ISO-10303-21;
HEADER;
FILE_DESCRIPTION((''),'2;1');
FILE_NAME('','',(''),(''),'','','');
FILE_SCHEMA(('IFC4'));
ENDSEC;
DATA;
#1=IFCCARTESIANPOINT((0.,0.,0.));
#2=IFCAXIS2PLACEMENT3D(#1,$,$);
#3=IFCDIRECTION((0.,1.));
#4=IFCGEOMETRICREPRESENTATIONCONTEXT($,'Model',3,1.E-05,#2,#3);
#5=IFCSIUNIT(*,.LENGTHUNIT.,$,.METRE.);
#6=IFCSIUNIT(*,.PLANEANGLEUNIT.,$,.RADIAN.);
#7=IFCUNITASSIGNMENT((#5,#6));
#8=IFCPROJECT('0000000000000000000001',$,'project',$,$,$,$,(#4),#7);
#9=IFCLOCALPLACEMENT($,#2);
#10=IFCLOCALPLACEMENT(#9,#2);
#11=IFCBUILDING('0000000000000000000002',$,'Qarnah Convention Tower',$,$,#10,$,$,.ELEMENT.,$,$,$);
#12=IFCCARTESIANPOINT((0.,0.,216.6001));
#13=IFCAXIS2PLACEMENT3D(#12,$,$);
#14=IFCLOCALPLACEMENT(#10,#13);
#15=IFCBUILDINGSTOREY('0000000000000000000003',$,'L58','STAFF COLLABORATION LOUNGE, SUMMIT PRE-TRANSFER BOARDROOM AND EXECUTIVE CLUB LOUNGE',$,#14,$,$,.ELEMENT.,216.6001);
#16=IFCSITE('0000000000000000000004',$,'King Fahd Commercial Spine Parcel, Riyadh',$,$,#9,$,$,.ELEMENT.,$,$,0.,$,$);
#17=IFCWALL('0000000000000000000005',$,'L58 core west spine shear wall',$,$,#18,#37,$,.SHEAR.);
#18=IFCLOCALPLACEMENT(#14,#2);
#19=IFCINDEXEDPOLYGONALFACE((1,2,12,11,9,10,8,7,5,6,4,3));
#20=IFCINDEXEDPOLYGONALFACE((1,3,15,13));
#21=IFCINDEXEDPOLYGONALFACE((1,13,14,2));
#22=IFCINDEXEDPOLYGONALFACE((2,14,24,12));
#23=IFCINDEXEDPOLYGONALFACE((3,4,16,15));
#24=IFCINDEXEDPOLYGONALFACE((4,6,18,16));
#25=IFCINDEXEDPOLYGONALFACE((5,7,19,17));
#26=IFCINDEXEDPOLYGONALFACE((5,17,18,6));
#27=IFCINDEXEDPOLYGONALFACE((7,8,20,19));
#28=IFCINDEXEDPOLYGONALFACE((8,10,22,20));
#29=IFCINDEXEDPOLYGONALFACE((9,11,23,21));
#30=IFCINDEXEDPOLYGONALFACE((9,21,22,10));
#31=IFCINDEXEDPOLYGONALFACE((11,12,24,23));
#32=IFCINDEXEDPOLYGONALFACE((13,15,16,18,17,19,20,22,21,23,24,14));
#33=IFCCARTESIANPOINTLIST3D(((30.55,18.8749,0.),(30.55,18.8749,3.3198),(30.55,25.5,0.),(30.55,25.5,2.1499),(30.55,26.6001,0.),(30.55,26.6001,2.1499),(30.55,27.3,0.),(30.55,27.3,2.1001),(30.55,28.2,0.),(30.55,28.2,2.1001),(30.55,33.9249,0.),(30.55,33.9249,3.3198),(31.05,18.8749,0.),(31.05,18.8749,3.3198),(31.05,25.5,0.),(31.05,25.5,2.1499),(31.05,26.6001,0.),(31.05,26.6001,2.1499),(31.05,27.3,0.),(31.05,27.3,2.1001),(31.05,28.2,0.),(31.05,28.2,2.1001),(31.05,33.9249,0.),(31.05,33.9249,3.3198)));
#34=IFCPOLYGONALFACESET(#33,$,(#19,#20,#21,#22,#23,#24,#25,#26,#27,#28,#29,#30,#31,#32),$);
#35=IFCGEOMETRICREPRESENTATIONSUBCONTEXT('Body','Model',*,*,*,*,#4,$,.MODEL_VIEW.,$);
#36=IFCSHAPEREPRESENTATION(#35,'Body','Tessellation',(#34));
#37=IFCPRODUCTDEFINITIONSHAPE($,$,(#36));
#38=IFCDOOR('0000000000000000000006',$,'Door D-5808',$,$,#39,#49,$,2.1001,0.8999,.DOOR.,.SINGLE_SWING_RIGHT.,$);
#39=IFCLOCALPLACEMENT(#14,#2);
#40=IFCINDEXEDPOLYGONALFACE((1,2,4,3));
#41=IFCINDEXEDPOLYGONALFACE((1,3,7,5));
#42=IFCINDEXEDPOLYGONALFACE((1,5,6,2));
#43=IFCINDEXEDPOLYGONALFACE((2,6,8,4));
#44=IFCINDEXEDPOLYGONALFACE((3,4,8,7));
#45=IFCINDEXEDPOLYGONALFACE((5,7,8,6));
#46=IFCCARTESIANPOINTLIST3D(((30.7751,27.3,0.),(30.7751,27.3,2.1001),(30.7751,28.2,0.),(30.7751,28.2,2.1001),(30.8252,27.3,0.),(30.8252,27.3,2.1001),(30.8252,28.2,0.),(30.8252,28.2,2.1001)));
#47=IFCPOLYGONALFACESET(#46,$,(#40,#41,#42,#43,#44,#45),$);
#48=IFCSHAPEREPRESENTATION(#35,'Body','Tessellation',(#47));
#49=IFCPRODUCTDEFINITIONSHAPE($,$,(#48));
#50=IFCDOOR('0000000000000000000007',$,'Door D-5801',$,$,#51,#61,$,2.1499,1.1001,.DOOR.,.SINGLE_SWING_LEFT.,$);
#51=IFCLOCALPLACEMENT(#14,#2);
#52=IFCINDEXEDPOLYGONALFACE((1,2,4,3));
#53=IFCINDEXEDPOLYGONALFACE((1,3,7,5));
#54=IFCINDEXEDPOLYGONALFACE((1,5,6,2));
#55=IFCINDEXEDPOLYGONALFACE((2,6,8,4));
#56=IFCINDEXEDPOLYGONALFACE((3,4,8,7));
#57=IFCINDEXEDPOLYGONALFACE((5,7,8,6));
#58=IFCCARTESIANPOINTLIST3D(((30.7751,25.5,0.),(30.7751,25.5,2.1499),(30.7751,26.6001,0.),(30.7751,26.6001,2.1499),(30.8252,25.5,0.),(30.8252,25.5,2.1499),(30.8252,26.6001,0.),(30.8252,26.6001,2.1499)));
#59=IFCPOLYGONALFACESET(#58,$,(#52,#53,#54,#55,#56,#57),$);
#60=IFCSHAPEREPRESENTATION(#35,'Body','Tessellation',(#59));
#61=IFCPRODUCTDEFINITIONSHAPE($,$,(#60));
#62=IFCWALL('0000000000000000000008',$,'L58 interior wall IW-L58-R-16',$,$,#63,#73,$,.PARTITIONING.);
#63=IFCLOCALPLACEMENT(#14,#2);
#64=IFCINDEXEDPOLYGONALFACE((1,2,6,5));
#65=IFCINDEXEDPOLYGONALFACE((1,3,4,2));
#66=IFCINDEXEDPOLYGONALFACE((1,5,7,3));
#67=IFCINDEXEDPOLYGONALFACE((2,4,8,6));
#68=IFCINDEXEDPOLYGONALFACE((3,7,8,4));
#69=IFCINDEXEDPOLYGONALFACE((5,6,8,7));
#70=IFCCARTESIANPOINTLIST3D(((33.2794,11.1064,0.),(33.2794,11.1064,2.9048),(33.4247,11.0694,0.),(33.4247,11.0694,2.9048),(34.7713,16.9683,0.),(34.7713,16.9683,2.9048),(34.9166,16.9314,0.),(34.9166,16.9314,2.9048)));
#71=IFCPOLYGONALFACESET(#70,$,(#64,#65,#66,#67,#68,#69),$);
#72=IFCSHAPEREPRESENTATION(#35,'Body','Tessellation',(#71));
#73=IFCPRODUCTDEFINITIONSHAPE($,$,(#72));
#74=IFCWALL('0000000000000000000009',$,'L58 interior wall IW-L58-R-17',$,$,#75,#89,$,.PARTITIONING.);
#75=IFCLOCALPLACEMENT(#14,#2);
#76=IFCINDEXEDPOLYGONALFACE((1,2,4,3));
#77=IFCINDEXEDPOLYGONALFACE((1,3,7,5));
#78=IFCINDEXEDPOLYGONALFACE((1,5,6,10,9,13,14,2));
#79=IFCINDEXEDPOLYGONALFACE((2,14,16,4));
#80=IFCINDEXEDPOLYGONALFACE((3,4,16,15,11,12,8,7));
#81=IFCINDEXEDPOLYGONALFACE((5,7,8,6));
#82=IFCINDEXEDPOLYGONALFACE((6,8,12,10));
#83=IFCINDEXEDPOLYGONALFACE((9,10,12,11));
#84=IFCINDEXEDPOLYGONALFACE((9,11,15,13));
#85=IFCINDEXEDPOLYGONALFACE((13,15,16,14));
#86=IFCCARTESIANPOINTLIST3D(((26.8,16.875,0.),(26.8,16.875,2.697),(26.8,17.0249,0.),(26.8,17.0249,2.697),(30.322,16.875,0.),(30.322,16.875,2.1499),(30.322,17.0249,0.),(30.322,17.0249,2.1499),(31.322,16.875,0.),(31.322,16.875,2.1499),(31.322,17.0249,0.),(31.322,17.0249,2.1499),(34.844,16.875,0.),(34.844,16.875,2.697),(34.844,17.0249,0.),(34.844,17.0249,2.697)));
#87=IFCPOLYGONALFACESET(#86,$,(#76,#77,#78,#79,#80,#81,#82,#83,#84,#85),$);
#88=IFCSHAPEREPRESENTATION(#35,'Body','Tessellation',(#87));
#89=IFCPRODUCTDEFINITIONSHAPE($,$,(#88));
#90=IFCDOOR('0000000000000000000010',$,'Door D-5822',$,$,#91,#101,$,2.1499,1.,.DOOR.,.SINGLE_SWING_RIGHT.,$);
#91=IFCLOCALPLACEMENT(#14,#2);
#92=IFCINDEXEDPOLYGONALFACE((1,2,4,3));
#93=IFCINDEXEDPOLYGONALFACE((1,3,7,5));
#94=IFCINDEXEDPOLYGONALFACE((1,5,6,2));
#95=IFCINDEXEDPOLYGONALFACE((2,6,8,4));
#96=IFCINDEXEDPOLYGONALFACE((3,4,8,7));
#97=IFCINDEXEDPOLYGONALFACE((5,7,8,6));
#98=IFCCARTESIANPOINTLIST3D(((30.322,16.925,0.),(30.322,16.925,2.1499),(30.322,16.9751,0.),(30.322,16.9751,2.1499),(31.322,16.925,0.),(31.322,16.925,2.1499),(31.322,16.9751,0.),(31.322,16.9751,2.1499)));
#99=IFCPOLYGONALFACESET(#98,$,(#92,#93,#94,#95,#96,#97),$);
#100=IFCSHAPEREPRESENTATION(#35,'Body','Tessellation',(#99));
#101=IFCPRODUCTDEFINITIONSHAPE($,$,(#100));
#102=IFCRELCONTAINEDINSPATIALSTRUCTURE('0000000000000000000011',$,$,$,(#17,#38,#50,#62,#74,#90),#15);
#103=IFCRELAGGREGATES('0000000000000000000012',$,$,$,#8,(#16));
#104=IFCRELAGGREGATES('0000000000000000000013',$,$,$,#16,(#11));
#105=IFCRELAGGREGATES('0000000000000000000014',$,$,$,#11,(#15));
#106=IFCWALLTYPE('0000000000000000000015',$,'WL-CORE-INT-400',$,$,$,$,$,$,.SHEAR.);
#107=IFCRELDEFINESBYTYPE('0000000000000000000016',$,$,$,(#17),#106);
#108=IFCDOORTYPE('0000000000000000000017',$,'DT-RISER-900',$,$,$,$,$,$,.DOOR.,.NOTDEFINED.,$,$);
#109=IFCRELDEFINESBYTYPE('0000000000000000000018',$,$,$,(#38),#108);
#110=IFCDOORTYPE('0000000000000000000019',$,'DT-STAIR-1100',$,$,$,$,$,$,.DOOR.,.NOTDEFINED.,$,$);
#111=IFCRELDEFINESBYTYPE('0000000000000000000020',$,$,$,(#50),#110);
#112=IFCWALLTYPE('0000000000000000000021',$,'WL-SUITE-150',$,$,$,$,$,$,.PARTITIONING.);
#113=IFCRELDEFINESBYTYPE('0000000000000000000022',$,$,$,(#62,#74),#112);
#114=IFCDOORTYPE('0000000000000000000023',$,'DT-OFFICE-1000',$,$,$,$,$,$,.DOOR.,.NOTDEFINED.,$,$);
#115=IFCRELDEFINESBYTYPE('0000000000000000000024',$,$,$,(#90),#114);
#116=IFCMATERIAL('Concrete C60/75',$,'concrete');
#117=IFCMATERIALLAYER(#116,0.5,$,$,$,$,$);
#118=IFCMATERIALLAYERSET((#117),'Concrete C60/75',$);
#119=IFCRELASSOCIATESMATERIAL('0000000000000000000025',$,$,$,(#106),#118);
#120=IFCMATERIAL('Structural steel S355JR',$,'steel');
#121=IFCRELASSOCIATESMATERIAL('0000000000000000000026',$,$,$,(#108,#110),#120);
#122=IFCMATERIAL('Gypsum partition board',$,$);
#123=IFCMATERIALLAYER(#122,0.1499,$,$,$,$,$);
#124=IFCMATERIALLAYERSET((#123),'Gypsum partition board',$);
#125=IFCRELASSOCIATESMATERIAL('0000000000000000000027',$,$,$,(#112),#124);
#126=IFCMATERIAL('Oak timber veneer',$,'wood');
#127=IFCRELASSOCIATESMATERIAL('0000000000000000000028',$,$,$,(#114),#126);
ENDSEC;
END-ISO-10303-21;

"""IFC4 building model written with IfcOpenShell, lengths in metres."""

from ifc_helpers import new_model, si_unit, direction, frame, frame_2d, origin, place, context, subcontext, project, spatial, rectangle, extrude, material, layer, layer_set, type_object, element, fill, save


model = new_model("IFC4")

# Units and contexts
model_context = context("Model", 3, precision=1e-05, world=origin(), true_north=direction((0.0, 1.0)))
body_context = subcontext(model_context, "Body", "Model", "MODEL_VIEW")
ifc_project = project(units=[si_unit("LENGTHUNIT", "METRE"), si_unit("PLANEANGLEUNIT", "RADIAN")], contexts=[model_context])

# Site, building, storey
site_placement = place(None, origin())
site = spatial("IfcSite", under=ifc_project, at=site_placement, Name="King Fahd Commercial Spine Parcel, Riyadh", CompositionType="ELEMENT", RefElevation=0.0)
building_placement = place(site_placement, origin())
building = spatial("IfcBuilding", under=site, at=building_placement, Name="Qarnah Convention Tower", CompositionType="ELEMENT")
storey_placement = place(building_placement, frame((0.0, 0.0, 216.6001)))
storey = spatial("IfcBuildingStorey", under=building, at=storey_placement, Name="L58", Description="STAFF COLLABORATION LOUNGE, SUMMIT PRE-TRANSFER BOARDROOM AND EXECUTIVE CLUB LOUNGE", CompositionType="ELEMENT", Elevation=216.6001)

# Shared definitions
ifc_material_1 = material(Name="Structural steel S355JR", Category="steel")

# Wall, openings, doors
ifc_material_2 = material(Name="Concrete C60/75", Category="concrete")
ifc_layer_1 = layer(ifc_material_2, 0.5)
ifc_layer_set_1 = layer_set([ifc_layer_1], Name="Concrete C60/75")
wall_type_1 = type_object("IfcWallType", Name="WL-CORE-INT-400", PredefinedType="SHEAR", material=ifc_layer_set_1)
wall_1_placement = place(storey_placement, frame((30.8, 18.875, 0.0), z_axis=(0.0, 0.0, 1.0), x_axis=(0.0, 1.0, 0.0)))
wall_1 = element("IfcWall", 1, at=wall_1_placement, inside=storey, type_object=wall_type_1, Name="L58 core west spine shear wall", PredefinedType="SHEAR", context=body_context, shape_type="SweptSolid", body=[
    extrude(rectangle(XDim=15.05, YDim=0.5, at=frame_2d((7.5249, 0.0))), origin(), (0.0, 0.0, 1.0), 3.3198),
])
opening_1_placement = place(wall_1_placement, frame((6.625, 0.0, 0.0)))
opening_1 = element("IfcOpeningElement", 2, at=opening_1_placement, cuts=wall_1, PredefinedType="OPENING", context=body_context, shape_type="SweptSolid", body=[
    extrude(rectangle(XDim=1.1001, YDim=2.1499, at=frame_2d((0.55, 1.075))), frame((0.0, 0.26, 0.0), z_axis=(0.0, -1.0, 0.0), x_axis=(1.0, 0.0, 0.0)), (0.0, 0.0, 1.0), 0.52),
])
opening_2_placement = place(wall_1_placement, frame((8.425, 0.0, 0.0)))
opening_2 = element("IfcOpeningElement", 3, at=opening_2_placement, cuts=wall_1, PredefinedType="OPENING", context=body_context, shape_type="SweptSolid", body=[
    extrude(rectangle(XDim=0.8999, YDim=2.1001, at=frame_2d((0.45, 1.05))), frame((0.0, 0.26, 0.0), z_axis=(0.0, -1.0, 0.0), x_axis=(1.0, 0.0, 0.0)), (0.0, 0.0, 1.0), 0.52),
])
door_type_1 = type_object("IfcDoorType", Name="DT-RISER-900", OperationType="NOTDEFINED", PredefinedType="DOOR", material=ifc_material_1)
door_1_placement = place(opening_2_placement, origin())
door_1 = element("IfcDoor", 4, at=door_1_placement, inside=storey, type_object=door_type_1, Name="Door D-5808", OperationType="SINGLE_SWING_RIGHT", OverallHeight=2.1001, OverallWidth=0.8999, PredefinedType="DOOR", context=body_context, shape_type="SweptSolid", body=[
    extrude(rectangle(XDim=0.8999, YDim=2.1001, at=frame_2d((0.45, 1.05))), frame((0.0, 0.0249, 0.0), z_axis=(0.0, -1.0, 0.0), x_axis=(1.0, 0.0, 0.0)), (0.0, 0.0, 1.0), 0.05),
])
fill(opening_2, door_1)
door_type_2 = type_object("IfcDoorType", Name="DT-STAIR-1100", OperationType="NOTDEFINED", PredefinedType="DOOR", material=ifc_material_1)
door_2_placement = place(opening_1_placement, origin())
door_2 = element("IfcDoor", 5, at=door_2_placement, inside=storey, type_object=door_type_2, Name="Door D-5801", OperationType="SINGLE_SWING_LEFT", OverallHeight=2.1499, OverallWidth=1.1001, PredefinedType="DOOR", context=body_context, shape_type="SweptSolid", body=[
    extrude(rectangle(XDim=1.1001, YDim=2.1499, at=frame_2d((0.55, 1.075))), frame((0.0, 0.0249, 0.0), z_axis=(0.0, -1.0, 0.0), x_axis=(1.0, 0.0, 0.0)), (0.0, 0.0, 1.0), 0.05),
])
fill(opening_1, door_2)

# Wall
ifc_material_3 = material(Name="Gypsum partition board")
ifc_layer_2 = layer(ifc_material_3, 0.1499)
ifc_layer_set_2 = layer_set([ifc_layer_2], Name="Gypsum partition board")
wall_type_2 = type_object("IfcWallType", Name="WL-SUITE-150", PredefinedType="PARTITIONING", material=ifc_layer_set_2)
wall_2_placement = place(storey_placement, frame((33.3521, 11.0879, 0.0), z_axis=(0.0, 0.0, 1.0), x_axis=(0.246646, 0.969106, 0.0)))
element("IfcWall", 6, at=wall_2_placement, inside=storey, type_object=wall_type_2, Name="L58 interior wall IW-L58-R-16", PredefinedType="PARTITIONING", context=body_context, shape_type="SweptSolid", body=[
    extrude(rectangle(XDim=6.0488, YDim=0.1499, at=frame_2d((3.0244, 0.0))), origin(), (0.0, 0.0, 1.0), 2.9048),
])

# Wall, opening, door
wall_3_placement = place(storey_placement, frame((34.844, 16.95, 0.0), z_axis=(0.0, 0.0, 1.0), x_axis=(-1.0, 0.0, 0.0)))
wall_3 = element("IfcWall", 7, at=wall_3_placement, inside=storey, type_object=wall_type_2, Name="L58 interior wall IW-L58-R-17", PredefinedType="PARTITIONING", context=body_context, shape_type="SweptSolid", body=[
    extrude(rectangle(XDim=8.0439, YDim=0.1499, at=frame_2d((4.022, 0.0))), origin(), (0.0, 0.0, 1.0), 2.697),
])
opening_3_placement = place(wall_3_placement, frame((3.522, 0.0, 0.0)))
opening_3 = element("IfcOpeningElement", 8, at=opening_3_placement, cuts=wall_3, PredefinedType="OPENING", context=body_context, shape_type="SweptSolid", body=[
    extrude(rectangle(XDim=1.0, YDim=2.1499, at=frame_2d((0.5, 1.075))), frame((0.0, 0.085, 0.0), z_axis=(0.0, -1.0, 0.0), x_axis=(1.0, 0.0, 0.0)), (0.0, 0.0, 1.0), 0.1699),
])
ifc_material_4 = material(Name="Oak timber veneer", Category="wood")
door_type_3 = type_object("IfcDoorType", Name="DT-OFFICE-1000", OperationType="NOTDEFINED", PredefinedType="DOOR", material=ifc_material_4)
door_3_placement = place(opening_3_placement, origin())
door_3 = element("IfcDoor", 9, at=door_3_placement, inside=storey, type_object=door_type_3, Name="Door D-5822", OperationType="SINGLE_SWING_RIGHT", OverallHeight=2.1499, OverallWidth=1.0, PredefinedType="DOOR", context=body_context, shape_type="SweptSolid", body=[
    extrude(rectangle(XDim=1.0, YDim=2.1499, at=frame_2d((0.5, 1.075))), frame((0.0, 0.0249, 0.0), z_axis=(0.0, -1.0, 0.0), x_axis=(1.0, 0.0, 0.0)), (0.0, 0.0, 1.0), 0.05),
])
fill(opening_3, door_3)

save(model, "model.ifc")
